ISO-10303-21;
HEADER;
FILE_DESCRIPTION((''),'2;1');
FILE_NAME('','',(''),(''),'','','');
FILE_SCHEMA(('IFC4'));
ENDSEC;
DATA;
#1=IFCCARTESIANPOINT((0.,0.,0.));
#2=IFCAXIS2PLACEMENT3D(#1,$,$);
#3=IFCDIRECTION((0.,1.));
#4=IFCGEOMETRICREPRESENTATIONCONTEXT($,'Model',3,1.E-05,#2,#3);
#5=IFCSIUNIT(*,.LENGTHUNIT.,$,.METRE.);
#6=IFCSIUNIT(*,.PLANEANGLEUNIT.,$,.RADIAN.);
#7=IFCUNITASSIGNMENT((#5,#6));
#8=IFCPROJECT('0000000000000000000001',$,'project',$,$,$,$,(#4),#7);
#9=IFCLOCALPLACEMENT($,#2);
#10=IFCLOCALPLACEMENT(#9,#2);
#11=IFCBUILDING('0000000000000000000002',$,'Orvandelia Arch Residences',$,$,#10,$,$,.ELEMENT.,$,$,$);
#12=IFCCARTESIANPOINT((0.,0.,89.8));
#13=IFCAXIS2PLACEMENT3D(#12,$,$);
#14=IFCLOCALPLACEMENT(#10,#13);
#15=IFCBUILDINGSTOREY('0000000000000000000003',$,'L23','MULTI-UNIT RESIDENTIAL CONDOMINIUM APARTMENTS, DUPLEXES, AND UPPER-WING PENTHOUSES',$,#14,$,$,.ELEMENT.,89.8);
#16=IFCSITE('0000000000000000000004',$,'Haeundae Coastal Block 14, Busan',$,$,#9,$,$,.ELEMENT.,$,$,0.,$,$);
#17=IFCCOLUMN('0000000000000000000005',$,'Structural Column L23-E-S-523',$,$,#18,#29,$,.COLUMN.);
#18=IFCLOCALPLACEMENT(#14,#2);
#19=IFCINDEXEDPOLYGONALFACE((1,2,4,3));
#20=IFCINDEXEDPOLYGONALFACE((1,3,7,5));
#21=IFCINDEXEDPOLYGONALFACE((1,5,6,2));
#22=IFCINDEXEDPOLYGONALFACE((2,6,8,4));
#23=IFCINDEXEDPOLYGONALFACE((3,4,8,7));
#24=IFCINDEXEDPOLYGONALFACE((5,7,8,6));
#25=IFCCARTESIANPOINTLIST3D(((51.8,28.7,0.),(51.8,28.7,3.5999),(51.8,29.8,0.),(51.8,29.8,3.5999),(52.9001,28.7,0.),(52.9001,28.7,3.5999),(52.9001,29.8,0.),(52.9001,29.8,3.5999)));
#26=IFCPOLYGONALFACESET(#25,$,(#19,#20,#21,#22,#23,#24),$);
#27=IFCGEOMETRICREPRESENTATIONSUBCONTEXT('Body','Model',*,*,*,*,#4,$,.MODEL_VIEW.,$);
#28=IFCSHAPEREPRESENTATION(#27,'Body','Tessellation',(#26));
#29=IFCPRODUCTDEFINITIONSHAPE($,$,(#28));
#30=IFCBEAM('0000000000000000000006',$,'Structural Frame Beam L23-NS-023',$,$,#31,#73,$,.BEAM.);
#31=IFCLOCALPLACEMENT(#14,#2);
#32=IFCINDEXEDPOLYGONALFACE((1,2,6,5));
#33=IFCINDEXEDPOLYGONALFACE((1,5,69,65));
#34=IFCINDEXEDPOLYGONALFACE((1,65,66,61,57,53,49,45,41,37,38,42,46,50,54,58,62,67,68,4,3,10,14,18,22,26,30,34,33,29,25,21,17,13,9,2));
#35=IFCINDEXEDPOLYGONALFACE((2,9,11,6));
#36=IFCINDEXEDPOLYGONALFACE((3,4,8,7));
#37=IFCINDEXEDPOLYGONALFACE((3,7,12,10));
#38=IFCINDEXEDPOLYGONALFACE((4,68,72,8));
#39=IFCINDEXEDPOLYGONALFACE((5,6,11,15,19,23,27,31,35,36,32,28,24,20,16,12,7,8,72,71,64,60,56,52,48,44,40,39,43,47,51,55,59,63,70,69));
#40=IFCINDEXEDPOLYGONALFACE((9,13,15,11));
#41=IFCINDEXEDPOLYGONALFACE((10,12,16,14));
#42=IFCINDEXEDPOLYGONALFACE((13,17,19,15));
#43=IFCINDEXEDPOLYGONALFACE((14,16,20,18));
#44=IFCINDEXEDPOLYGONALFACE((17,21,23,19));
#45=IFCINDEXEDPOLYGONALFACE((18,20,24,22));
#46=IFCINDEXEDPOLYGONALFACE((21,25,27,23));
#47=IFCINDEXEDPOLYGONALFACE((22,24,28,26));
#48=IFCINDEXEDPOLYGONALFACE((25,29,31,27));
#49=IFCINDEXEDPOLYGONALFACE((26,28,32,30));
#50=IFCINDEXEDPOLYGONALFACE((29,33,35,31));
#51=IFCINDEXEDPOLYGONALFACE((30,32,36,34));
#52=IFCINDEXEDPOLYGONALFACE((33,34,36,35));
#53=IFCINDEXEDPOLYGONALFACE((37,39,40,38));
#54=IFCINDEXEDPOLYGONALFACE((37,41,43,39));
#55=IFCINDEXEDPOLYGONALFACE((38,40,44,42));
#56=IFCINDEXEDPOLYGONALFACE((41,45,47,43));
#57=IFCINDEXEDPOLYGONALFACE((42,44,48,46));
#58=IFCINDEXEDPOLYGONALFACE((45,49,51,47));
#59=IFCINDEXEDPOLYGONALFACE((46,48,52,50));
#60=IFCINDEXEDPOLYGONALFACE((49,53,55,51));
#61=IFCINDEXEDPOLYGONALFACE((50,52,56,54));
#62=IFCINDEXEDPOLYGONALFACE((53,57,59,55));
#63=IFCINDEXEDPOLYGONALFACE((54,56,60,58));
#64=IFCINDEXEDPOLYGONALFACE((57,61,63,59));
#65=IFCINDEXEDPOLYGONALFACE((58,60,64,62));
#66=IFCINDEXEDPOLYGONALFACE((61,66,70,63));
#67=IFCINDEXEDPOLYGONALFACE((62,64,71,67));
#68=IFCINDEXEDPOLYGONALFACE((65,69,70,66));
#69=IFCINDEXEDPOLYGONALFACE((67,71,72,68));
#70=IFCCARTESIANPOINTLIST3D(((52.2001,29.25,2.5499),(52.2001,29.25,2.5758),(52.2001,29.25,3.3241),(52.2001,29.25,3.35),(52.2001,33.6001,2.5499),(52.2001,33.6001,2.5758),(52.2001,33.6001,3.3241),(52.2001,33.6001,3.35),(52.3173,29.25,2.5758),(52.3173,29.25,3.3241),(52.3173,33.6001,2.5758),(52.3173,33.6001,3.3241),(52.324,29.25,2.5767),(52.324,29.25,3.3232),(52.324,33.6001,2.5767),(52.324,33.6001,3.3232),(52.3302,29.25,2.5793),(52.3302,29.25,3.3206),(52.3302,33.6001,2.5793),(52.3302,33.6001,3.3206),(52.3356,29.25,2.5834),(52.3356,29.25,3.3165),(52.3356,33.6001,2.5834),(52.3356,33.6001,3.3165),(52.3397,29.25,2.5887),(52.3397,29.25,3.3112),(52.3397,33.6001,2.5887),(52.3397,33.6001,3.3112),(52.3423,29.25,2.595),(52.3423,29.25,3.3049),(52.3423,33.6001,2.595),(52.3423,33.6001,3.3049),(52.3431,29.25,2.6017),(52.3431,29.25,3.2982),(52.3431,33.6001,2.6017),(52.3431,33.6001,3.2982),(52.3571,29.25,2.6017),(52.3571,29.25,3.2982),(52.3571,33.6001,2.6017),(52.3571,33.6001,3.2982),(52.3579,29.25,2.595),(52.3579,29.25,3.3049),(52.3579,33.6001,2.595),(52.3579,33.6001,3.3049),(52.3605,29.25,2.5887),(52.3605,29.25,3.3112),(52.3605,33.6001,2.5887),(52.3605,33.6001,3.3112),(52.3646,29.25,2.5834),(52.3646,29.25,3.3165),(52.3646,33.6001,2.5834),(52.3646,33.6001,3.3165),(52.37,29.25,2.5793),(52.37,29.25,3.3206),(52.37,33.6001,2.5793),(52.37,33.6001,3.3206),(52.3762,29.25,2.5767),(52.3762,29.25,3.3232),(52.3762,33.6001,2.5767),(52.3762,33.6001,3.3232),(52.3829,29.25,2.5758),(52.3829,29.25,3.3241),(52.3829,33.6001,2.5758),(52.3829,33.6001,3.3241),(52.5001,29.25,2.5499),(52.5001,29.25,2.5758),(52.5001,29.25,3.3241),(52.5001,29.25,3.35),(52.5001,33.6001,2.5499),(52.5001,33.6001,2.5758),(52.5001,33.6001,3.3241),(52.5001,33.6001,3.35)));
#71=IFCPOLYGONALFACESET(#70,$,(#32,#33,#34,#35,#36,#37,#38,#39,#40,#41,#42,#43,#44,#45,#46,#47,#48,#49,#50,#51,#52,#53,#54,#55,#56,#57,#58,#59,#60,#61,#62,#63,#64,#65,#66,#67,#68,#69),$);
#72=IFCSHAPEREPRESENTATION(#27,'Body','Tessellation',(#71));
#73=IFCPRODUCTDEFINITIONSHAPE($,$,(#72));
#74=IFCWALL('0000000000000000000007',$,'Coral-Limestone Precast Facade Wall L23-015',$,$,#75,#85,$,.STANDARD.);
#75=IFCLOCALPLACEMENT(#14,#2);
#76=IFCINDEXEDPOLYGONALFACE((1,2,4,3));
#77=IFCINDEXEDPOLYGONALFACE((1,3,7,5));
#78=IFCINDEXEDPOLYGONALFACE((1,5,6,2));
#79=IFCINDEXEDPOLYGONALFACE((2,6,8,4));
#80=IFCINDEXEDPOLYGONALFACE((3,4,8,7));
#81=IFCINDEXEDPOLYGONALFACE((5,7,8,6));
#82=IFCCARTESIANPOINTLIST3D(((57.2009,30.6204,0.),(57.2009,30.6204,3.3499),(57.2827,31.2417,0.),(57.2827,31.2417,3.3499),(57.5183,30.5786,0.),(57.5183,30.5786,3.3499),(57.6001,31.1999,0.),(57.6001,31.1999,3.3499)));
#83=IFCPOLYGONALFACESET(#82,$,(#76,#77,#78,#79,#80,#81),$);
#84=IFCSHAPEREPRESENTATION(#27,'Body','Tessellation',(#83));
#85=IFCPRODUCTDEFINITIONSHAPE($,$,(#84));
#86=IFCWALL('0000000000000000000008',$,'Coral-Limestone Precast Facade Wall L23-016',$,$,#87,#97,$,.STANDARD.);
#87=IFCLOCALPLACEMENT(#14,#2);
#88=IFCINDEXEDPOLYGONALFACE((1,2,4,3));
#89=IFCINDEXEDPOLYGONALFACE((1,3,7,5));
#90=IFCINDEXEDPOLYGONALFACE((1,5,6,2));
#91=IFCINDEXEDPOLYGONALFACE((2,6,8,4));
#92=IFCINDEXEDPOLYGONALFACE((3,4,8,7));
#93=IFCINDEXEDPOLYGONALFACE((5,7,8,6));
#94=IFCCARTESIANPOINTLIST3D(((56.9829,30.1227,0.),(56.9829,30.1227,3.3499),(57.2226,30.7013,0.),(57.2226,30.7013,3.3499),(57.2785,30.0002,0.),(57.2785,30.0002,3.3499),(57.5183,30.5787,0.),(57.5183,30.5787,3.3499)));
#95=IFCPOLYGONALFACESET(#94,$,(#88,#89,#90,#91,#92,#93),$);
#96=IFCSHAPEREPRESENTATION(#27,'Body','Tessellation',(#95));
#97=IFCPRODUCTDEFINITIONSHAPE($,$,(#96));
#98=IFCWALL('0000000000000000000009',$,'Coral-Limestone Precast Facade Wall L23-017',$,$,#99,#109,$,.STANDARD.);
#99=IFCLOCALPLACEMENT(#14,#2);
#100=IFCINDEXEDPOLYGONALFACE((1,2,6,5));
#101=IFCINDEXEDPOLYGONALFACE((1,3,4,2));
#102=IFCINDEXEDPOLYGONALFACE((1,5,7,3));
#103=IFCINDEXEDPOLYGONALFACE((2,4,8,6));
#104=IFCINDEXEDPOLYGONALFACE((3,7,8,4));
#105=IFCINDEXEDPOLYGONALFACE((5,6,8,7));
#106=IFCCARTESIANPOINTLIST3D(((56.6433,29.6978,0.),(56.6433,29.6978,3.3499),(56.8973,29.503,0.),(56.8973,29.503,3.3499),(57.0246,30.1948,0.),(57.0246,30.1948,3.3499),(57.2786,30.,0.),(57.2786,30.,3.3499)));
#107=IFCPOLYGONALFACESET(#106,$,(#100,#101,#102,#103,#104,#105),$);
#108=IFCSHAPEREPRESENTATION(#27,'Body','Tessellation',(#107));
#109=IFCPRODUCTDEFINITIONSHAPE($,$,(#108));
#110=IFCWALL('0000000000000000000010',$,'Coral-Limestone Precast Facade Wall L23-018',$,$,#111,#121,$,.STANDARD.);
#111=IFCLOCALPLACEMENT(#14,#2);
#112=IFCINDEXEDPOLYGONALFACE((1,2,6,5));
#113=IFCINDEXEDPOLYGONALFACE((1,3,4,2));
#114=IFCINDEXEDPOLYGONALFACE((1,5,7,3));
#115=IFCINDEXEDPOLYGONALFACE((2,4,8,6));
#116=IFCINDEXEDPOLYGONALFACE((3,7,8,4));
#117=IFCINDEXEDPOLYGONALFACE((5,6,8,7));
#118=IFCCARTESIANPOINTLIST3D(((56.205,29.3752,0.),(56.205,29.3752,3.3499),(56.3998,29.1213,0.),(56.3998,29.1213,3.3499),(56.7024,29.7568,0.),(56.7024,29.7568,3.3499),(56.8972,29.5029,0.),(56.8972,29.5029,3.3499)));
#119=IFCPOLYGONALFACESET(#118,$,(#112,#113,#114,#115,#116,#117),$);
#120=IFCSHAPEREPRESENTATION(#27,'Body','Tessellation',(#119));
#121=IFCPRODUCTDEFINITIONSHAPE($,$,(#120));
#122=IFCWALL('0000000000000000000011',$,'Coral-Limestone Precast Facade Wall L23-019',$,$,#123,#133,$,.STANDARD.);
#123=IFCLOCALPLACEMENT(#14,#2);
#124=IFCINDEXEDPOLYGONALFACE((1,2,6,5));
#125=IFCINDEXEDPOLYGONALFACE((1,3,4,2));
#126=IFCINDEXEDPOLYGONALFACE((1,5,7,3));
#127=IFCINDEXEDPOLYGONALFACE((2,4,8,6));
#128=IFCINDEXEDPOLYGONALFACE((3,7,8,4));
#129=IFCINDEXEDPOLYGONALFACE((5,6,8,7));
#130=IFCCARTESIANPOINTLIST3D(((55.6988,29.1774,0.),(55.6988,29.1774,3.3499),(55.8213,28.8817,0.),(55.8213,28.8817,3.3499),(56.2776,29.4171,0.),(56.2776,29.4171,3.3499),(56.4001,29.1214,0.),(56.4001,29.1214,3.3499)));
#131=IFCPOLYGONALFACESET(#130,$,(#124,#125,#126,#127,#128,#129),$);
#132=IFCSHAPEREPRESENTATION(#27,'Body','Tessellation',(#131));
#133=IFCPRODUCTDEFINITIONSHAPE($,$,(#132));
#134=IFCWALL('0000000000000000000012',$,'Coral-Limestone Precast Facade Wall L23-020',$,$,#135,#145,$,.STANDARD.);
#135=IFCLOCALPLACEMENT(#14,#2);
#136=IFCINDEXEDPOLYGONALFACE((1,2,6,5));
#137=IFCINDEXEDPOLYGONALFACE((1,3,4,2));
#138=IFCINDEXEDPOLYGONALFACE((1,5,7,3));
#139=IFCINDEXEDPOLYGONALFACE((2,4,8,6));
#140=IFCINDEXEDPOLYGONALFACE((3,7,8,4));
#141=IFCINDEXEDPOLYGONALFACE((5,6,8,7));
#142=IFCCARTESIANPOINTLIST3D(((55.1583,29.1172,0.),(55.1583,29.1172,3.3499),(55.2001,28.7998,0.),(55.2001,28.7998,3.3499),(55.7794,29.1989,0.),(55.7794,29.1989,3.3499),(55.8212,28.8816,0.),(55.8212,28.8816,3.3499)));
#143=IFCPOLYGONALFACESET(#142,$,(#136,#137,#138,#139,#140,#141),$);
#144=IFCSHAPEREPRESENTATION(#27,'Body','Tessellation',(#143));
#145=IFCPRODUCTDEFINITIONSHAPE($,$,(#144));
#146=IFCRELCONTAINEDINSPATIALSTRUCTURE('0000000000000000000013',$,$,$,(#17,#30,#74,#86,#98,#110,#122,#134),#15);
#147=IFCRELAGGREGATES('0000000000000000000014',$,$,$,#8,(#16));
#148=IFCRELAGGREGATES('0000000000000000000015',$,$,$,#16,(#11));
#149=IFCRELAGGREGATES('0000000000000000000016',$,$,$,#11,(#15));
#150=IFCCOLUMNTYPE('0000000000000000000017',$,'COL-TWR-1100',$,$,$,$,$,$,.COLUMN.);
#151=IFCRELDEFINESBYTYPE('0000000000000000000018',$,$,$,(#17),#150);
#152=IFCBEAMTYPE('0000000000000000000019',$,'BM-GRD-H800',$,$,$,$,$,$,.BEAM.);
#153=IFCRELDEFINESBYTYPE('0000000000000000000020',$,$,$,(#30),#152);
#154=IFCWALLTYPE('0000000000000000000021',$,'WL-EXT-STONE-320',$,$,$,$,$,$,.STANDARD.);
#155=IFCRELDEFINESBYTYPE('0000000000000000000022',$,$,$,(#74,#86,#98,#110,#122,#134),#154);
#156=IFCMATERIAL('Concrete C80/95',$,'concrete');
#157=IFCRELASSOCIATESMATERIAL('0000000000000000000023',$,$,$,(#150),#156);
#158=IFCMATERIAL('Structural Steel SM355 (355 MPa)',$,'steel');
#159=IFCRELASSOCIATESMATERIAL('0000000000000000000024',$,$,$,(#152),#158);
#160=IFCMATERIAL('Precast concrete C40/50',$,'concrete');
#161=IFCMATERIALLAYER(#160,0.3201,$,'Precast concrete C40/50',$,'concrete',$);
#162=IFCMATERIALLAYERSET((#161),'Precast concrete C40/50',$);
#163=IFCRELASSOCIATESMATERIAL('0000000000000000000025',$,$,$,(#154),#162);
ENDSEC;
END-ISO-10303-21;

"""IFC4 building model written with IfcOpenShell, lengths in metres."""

from ifc_helpers import new_model, si_unit, direction, frame, frame_2d, origin, origin_2d, place, context, subcontext, project, spatial, rectangle, i_section, extrude, material, layer, layer_set, material_profile, profile_set, type_object, element, save


model = new_model("IFC4")

# Units and contexts
model_context = context("Model", 3, precision=1e-05, world=origin(), true_north=direction((0.0, 1.0)))
body_context = subcontext(model_context, "Body", "Model", "MODEL_VIEW")
ifc_project = project(units=[si_unit("LENGTHUNIT", "METRE"), si_unit("PLANEANGLEUNIT", "RADIAN")], contexts=[model_context])

# Site, building, storey
site_placement = place(None, origin())
site = spatial("IfcSite", under=ifc_project, at=site_placement, Name="Haeundae Coastal Block 14, Busan", CompositionType="ELEMENT", RefElevation=0.0)
building_placement = place(site_placement, origin())
building = spatial("IfcBuilding", under=site, at=building_placement, Name="Orvandelia Arch Residences", CompositionType="ELEMENT")
storey_placement = place(building_placement, frame((0.0, 0.0, 89.8)))
storey = spatial("IfcBuildingStorey", under=building, at=storey_placement, Name="L23", Description="MULTI-UNIT RESIDENTIAL CONDOMINIUM APARTMENTS, DUPLEXES, AND UPPER-WING PENTHOUSES", CompositionType="ELEMENT", Elevation=89.8)

# Column
ifc_material_1 = material(Name="Concrete C80/95", Category="concrete")
ifc_material_profile_1 = material_profile(ifc_material_1, rectangle(XDim=1.1001, YDim=1.1001, at=origin_2d()), Name="Concrete C80/95", Category="concrete")
ifc_profile_set_1 = profile_set([ifc_material_profile_1], Name="Concrete C80/95")
column_type = type_object("IfcColumnType", Name="COL-TWR-1100", PredefinedType="COLUMN", material=ifc_profile_set_1)
column_placement = place(storey_placement, frame((52.3501, 29.25, 0.0), z_axis=(0.0, 0.0, 1.0), x_axis=(1.0, 0.0, 0.0)))
element("IfcColumn", 1, at=column_placement, inside=storey, type_object=column_type, Name="Structural Column L23-E-S-523", PredefinedType="COLUMN", context=body_context, shape_type="SweptSolid", body=[
    extrude(rectangle(XDim=1.1001, YDim=1.1001, at=origin_2d()), origin(), (0.0, 0.0, 1.0), 3.5999),
])

# Beam
ifc_material_2 = material(Name="Structural Steel SM355 (355 MPa)", Category="steel")
ifc_material_profile_2 = material_profile(ifc_material_2, i_section(OverallWidth=0.3, OverallDepth=0.8, WebThickness=0.0139, FlangeThickness=0.0259, FilletRadius=0.0259, at=origin_2d()), Name="Structural Steel SM355 (355 MPa)", Category="steel")
ifc_profile_set_2 = profile_set([ifc_material_profile_2], Name="Structural Steel SM355 (355 MPa)")
beam_type = type_object("IfcBeamType", Name="BM-GRD-H800", PredefinedType="BEAM", material=ifc_profile_set_2)
beam_placement = place(storey_placement, frame((52.3501, 29.25, 2.95), z_axis=(0.0, 1.0, 0.0), x_axis=(-1.0, 0.0, 0.0)))
element("IfcBeam", 2, at=beam_placement, inside=storey, type_object=beam_type, Name="Structural Frame Beam L23-NS-023", PredefinedType="BEAM", context=body_context, shape_type="SweptSolid", body=[
    extrude(i_section(OverallWidth=0.3, OverallDepth=0.8, WebThickness=0.0139, FlangeThickness=0.0259, FilletRadius=0.0259, at=origin_2d()), origin(), (0.0, 0.0, 1.0), 4.3501),
])

# Walls
ifc_material_3 = material(Name="Precast concrete C40/50", Category="concrete")
ifc_layer = layer(ifc_material_3, 0.3201, Name="Precast concrete C40/50", Category="concrete")
ifc_layer_set = layer_set([ifc_layer], Name="Precast concrete C40/50")
wall_type = type_object("IfcWallType", Name="WL-EXT-STONE-320", PredefinedType="STANDARD", material=ifc_layer_set)
wall_1_placement = place(storey_placement, frame((57.4414, 31.2209, 0.0), z_axis=(0.0, 0.0, 1.0), x_axis=(-0.130505, -0.991448, 0.0)))
element("IfcWall", 3, at=wall_1_placement, inside=storey, type_object=wall_type, Name="Coral-Limestone Precast Facade Wall L23-015", PredefinedType="STANDARD", context=body_context, shape_type="SweptSolid", body=[
    extrude(rectangle(XDim=0.6267, YDim=0.3201, at=frame_2d((0.3135, 0.0))), origin(), (0.0, 0.0, 1.0), 3.3499),
])
wall_2_placement = place(storey_placement, frame((57.3704, 30.6399, 0.0), z_axis=(0.0, 0.0, 1.0), x_axis=(-0.382788, -0.923836, 0.0)))
element("IfcWall", 4, at=wall_2_placement, inside=storey, type_object=wall_type, Name="Coral-Limestone Precast Facade Wall L23-016", PredefinedType="STANDARD", context=body_context, shape_type="SweptSolid", body=[
    extrude(rectangle(XDim=0.6262, YDim=0.3201, at=frame_2d((0.313, 0.0))), origin(), (0.0, 0.0, 1.0), 3.3499),
])
wall_3_placement = place(storey_placement, frame((57.1516, 30.0974, 0.0), z_axis=(0.0, 0.0, 1.0), x_axis=(-0.608693, -0.793406, 0.0)))
element("IfcWall", 5, at=wall_3_placement, inside=storey, type_object=wall_type, Name="Coral-Limestone Precast Facade Wall L23-017", PredefinedType="STANDARD", context=body_context, shape_type="SweptSolid", body=[
    extrude(rectangle(XDim=0.6265, YDim=0.3201, at=frame_2d((0.3132, 0.0))), origin(), (0.0, 0.0, 1.0), 3.3499),
])
wall_4_placement = place(storey_placement, frame((56.7998, 29.6299, 0.0), z_axis=(0.0, 0.0, 1.0), x_axis=(-0.793362, -0.60875, 0.0)))
element("IfcWall", 6, at=wall_4_placement, inside=storey, type_object=wall_type, Name="Coral-Limestone Precast Facade Wall L23-018", PredefinedType="STANDARD", context=body_context, shape_type="SweptSolid", body=[
    extrude(rectangle(XDim=0.627, YDim=0.3201, at=frame_2d((0.3135, 0.0))), origin(), (0.0, 0.0, 1.0), 3.3499),
])
for number, where, z_axis, x_axis, name in (
    (7, (56.3389, 29.2693, 0.0), (0.0, 0.0, 1.0), (-0.923893, -0.38265, 0.0), "Coral-Limestone Precast Facade Wall L23-019"),
    (8, (55.8003, 29.0403, 0.0), (0.0, 0.0, 1.0), (-0.991441, -0.130555, 0.0), "Coral-Limestone Precast Facade Wall L23-020"),
):
    element("IfcWall", number, at=place(storey_placement, frame(where, z_axis=z_axis, x_axis=x_axis)), inside=storey, type_object=wall_type, Name=name, PredefinedType="STANDARD", context=body_context, shape_type="SweptSolid", body=[
        extrude(rectangle(XDim=0.6265, YDim=0.3201, at=frame_2d((0.3132, 0.0))), origin(), (0.0, 0.0, 1.0), 3.3499),
    ])

save(model, "model.ifc")
